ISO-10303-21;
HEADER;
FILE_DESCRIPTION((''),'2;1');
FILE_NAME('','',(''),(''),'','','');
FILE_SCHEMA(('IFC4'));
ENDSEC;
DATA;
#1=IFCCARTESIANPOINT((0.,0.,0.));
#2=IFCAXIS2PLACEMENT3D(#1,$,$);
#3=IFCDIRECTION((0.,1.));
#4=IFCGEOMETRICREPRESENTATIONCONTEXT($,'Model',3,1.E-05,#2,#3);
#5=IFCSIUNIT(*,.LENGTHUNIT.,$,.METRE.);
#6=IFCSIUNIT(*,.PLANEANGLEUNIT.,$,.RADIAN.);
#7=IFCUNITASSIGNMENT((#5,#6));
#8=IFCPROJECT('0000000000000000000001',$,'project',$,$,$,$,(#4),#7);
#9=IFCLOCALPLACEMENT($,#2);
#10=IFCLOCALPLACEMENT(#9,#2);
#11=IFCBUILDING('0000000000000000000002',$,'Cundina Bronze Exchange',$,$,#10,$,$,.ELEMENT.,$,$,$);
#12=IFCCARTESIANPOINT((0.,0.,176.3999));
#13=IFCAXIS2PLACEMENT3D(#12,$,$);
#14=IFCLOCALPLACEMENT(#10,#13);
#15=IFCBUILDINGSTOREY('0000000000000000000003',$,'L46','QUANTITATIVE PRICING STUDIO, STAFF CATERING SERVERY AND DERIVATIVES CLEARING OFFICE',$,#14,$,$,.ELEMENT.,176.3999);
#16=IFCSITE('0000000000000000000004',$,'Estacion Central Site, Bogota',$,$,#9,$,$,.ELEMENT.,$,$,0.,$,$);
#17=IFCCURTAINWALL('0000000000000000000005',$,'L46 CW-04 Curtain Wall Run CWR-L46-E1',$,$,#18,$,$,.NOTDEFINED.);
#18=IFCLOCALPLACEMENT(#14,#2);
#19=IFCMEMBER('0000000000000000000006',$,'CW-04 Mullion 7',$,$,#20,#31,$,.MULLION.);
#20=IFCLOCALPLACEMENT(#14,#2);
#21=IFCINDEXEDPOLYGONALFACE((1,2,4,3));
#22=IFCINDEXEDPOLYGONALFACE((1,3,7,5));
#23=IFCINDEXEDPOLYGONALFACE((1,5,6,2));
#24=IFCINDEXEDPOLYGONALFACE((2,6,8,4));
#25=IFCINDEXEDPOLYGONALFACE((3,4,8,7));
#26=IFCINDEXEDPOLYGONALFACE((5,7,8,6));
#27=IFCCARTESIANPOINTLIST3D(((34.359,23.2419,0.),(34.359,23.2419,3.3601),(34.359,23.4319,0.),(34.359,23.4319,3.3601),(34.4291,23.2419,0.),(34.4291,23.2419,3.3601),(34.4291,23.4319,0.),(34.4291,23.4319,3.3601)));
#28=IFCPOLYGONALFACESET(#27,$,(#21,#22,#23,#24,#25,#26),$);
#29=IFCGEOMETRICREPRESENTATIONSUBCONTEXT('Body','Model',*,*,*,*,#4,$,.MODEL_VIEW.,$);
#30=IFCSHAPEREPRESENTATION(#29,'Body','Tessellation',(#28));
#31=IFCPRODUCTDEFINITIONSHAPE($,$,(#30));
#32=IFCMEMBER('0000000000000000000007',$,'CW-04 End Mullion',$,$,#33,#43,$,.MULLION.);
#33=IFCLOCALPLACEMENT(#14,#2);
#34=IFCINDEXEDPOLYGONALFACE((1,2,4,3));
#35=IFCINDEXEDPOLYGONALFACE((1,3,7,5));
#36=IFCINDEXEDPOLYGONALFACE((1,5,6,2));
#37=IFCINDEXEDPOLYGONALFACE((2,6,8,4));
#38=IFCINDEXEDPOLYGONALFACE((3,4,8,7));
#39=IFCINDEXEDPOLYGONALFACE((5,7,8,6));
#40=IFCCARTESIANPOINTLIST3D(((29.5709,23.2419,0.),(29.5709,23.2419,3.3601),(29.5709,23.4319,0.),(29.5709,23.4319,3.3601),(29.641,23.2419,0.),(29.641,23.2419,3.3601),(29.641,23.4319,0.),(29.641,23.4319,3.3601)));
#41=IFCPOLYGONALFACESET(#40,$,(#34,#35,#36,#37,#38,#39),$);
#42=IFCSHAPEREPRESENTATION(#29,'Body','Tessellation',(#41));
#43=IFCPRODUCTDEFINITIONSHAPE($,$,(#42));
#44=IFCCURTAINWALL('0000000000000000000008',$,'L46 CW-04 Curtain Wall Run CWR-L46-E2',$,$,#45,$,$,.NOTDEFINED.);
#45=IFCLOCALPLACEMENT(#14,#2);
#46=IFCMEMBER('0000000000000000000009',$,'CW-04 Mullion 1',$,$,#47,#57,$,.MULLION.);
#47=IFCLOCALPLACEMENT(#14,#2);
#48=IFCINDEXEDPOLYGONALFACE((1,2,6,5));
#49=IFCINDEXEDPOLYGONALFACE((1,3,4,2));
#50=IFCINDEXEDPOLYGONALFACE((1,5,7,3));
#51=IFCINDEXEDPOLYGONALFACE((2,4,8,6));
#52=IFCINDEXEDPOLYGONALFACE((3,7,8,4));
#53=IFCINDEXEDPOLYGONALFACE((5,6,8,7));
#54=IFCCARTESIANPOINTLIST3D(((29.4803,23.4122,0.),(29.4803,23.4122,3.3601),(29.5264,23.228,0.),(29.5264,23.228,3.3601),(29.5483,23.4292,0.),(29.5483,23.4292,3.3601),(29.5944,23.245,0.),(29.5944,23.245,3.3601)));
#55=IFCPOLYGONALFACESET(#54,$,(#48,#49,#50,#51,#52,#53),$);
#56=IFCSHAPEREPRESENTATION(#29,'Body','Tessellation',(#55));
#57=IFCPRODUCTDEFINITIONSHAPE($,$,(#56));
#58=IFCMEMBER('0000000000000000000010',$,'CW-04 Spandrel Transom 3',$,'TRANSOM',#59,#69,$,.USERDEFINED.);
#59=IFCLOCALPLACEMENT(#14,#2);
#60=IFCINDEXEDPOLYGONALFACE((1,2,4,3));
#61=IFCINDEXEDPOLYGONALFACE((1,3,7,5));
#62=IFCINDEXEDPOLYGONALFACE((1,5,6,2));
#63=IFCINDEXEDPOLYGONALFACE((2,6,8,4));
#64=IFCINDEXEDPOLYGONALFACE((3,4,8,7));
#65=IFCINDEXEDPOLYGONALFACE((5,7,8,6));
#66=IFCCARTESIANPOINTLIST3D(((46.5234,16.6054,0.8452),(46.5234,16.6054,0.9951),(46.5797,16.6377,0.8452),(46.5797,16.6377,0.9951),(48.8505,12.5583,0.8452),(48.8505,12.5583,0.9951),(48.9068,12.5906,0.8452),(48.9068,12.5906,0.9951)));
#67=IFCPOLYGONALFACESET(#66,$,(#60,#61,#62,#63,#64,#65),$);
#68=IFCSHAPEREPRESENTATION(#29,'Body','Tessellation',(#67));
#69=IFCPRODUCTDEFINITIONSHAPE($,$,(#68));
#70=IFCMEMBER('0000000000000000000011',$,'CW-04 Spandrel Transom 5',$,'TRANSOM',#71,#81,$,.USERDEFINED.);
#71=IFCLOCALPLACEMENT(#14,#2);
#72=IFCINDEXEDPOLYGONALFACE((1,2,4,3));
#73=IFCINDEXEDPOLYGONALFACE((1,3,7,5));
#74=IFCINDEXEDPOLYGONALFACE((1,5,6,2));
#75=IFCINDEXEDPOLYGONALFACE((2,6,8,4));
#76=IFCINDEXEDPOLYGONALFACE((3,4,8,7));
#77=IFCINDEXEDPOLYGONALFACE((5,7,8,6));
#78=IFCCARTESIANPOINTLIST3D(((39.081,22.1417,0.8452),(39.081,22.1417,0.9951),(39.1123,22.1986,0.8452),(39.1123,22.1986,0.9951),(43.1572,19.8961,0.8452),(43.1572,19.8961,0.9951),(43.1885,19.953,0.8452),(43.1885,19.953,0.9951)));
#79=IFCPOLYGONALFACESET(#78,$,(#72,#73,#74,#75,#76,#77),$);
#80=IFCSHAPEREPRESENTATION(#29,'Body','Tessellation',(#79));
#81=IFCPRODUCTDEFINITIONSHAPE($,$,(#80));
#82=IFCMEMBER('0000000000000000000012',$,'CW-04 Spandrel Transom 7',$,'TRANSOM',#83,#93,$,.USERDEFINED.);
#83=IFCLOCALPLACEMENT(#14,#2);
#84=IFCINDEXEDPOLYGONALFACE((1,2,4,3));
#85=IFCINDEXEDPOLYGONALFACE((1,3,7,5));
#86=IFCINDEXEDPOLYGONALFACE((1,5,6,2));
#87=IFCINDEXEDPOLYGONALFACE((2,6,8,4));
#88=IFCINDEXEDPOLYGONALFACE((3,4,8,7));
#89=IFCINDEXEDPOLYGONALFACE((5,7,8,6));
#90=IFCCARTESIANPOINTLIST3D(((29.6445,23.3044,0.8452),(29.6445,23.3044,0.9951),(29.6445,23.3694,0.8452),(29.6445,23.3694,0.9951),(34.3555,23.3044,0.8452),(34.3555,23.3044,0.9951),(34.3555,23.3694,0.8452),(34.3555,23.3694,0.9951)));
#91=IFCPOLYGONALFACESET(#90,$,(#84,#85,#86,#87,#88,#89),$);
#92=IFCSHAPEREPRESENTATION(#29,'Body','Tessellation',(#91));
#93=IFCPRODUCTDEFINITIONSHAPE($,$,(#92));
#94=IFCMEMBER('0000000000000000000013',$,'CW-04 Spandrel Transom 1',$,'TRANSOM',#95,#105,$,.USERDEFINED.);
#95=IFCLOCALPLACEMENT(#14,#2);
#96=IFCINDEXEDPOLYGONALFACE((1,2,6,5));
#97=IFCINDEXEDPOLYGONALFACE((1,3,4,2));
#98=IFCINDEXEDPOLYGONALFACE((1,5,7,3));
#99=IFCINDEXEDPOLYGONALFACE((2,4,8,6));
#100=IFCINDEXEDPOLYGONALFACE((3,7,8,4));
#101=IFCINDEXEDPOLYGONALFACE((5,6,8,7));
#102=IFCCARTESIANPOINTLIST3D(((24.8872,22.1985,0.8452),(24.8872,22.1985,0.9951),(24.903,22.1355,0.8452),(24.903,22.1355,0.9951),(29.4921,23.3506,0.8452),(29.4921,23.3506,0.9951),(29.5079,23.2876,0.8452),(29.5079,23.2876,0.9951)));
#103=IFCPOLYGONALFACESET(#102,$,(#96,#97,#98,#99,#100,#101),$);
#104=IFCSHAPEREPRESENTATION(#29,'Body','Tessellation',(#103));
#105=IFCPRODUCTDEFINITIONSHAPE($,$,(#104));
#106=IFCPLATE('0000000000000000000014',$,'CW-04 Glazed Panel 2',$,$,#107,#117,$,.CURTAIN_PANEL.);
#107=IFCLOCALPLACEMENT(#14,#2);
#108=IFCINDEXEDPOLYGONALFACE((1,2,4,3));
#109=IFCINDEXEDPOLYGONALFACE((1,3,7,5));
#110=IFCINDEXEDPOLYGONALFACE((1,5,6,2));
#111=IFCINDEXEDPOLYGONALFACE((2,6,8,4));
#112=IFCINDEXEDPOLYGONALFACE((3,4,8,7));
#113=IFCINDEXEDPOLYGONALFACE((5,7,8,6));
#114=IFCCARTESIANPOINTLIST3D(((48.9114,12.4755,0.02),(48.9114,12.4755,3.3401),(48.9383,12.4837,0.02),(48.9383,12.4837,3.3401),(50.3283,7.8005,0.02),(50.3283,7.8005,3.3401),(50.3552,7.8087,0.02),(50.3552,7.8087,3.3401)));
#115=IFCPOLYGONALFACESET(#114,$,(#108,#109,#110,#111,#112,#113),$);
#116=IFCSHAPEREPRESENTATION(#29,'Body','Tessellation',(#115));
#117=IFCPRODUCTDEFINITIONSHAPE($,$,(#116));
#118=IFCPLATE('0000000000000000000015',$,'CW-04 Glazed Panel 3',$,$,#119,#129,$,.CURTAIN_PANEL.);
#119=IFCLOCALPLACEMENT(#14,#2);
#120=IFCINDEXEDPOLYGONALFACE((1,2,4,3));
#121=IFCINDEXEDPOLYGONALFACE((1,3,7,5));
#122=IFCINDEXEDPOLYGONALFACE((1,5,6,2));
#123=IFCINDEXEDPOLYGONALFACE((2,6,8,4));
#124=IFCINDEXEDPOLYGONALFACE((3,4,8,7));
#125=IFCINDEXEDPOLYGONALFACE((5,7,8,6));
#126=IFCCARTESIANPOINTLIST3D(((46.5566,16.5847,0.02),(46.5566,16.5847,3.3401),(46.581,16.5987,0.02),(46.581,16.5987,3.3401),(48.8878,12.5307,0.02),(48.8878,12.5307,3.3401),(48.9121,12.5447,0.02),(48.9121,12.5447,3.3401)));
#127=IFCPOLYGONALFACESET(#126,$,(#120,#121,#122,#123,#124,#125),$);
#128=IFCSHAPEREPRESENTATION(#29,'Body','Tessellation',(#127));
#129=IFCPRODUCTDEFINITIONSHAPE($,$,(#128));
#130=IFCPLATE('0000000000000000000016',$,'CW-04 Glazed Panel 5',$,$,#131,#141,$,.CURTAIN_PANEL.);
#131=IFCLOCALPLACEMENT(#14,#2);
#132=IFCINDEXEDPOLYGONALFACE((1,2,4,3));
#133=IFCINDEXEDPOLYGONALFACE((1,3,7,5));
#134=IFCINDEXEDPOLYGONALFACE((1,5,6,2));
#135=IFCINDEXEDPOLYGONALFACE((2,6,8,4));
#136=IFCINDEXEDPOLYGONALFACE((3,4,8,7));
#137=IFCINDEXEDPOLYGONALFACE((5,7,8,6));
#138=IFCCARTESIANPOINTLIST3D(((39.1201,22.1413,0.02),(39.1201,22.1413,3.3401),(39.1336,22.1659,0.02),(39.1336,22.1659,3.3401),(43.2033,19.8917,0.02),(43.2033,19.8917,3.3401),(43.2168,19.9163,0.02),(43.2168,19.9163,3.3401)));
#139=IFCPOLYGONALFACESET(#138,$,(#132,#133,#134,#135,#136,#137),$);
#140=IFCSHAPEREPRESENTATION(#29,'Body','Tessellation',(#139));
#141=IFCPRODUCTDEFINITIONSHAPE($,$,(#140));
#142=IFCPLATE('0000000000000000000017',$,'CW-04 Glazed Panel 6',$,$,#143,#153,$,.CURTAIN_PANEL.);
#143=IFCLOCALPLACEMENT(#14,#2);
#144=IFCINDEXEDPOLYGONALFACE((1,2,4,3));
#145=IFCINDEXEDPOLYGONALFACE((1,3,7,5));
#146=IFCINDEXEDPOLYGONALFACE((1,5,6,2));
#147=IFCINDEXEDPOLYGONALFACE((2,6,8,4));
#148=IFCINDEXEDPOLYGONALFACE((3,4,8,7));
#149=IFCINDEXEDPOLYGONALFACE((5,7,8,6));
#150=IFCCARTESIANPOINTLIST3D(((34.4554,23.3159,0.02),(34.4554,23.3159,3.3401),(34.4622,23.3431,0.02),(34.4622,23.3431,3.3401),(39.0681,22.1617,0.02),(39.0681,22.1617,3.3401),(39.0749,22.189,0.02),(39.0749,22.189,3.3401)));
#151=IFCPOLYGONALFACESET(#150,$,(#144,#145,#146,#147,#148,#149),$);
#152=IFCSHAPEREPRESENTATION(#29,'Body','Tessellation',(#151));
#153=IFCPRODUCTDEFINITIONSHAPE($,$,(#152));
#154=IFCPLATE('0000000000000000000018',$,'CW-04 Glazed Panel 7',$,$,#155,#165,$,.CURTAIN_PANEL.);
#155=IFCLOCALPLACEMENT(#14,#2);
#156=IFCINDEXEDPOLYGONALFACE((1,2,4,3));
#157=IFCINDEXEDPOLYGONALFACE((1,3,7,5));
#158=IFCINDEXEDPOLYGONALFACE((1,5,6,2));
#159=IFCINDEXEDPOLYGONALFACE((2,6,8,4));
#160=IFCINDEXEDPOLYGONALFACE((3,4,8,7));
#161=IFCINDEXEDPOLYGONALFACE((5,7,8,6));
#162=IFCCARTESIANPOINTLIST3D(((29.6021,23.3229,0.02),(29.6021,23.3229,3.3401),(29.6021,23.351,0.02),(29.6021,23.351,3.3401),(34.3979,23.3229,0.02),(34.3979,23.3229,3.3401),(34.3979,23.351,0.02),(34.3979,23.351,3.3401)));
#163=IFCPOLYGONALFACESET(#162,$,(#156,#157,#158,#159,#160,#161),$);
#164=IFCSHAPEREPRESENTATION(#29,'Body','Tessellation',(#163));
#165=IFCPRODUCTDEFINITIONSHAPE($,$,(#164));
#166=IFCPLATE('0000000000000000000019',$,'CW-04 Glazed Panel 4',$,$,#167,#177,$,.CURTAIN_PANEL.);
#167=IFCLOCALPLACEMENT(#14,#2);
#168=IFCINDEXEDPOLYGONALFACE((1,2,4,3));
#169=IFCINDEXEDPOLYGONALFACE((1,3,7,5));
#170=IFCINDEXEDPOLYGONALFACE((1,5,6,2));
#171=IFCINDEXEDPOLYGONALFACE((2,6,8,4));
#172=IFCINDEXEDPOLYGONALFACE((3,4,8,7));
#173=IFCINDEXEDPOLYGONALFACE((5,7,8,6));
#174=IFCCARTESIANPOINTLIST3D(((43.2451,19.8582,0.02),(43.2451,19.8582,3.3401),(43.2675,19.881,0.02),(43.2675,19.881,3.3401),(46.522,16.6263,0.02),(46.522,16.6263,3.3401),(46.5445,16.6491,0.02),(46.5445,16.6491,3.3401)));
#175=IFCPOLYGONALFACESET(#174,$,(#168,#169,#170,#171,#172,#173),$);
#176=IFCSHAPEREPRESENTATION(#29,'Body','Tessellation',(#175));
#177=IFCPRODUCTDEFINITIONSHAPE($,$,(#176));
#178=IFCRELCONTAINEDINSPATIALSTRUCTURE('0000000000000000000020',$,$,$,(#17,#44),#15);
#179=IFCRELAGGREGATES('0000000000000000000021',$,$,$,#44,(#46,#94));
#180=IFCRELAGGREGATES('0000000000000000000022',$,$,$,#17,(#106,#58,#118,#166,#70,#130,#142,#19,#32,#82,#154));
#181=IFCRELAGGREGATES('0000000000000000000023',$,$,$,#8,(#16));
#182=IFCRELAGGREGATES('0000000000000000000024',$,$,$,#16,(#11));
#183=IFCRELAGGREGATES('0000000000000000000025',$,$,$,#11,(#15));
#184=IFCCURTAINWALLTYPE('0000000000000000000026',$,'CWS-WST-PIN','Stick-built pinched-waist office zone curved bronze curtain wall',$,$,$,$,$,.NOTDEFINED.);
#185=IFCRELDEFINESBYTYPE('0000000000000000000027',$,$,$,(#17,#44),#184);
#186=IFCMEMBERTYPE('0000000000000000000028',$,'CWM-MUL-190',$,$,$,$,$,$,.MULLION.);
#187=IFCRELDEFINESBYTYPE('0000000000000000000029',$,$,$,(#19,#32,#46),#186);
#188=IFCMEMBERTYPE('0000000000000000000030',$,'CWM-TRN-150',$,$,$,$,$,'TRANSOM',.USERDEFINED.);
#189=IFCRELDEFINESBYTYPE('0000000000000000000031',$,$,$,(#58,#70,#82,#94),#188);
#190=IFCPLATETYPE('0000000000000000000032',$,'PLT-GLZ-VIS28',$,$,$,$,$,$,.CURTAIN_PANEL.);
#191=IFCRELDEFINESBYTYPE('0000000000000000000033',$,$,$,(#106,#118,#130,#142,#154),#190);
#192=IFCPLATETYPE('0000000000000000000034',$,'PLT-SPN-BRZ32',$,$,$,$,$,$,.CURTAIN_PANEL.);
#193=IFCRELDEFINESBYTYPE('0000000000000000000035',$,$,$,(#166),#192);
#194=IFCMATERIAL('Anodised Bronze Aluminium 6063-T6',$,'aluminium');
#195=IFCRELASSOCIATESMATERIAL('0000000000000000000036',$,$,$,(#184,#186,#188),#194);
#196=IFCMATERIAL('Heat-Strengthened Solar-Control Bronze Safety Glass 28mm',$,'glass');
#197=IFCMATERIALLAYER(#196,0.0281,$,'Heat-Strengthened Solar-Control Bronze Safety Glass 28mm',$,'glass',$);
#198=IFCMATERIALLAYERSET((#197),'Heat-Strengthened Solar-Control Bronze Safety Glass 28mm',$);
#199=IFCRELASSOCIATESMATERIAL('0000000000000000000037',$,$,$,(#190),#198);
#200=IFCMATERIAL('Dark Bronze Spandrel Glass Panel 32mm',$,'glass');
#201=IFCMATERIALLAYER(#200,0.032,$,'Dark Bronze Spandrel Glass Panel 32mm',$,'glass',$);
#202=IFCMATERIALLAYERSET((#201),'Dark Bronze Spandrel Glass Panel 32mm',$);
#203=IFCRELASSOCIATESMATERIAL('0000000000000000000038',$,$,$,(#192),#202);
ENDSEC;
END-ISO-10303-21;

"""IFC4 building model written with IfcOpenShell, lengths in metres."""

from ifc_helpers import new_model, si_unit, direction, frame, origin, origin_2d, place, context, subcontext, project, spatial, rectangle, extrude, material, layer, layer_set, material_profile, profile_set, type_object, element, aggregate, save


model = new_model("IFC4")

# Units and contexts
model_context = context("Model", 3, precision=1e-05, world=origin(), true_north=direction((0.0, 1.0)))
body_context = subcontext(model_context, "Body", "Model", "MODEL_VIEW")
ifc_project = project(units=[si_unit("LENGTHUNIT", "METRE"), si_unit("PLANEANGLEUNIT", "RADIAN")], contexts=[model_context])

# Site, building, storey
site_placement = place(None, origin())
site = spatial("IfcSite", under=ifc_project, at=site_placement, Name="Estacion Central Site, Bogota", CompositionType="ELEMENT", RefElevation=0.0)
building_placement = place(site_placement, origin())
building = spatial("IfcBuilding", under=site, at=building_placement, Name="Cundina Bronze Exchange", CompositionType="ELEMENT")
storey_placement = place(building_placement, frame((0.0, 0.0, 176.3999)))
storey = spatial("IfcBuildingStorey", under=building, at=storey_placement, Name="L46", Description="QUANTITATIVE PRICING STUDIO, STAFF CATERING SERVERY AND DERIVATIVES CLEARING OFFICE", CompositionType="ELEMENT", Elevation=176.3999)

# Curtain wall, members
ifc_material_1 = material(Name="Anodised Bronze Aluminium 6063-T6", Category="aluminium")
curtain_wall_type = type_object("IfcCurtainWallType", Name="CWS-WST-PIN", Description="Stick-built pinched-waist office zone curved bronze curtain wall", PredefinedType="NOTDEFINED", material=ifc_material_1)
curtain_wall_1_placement = place(storey_placement, origin())
curtain_wall_1 = element("IfcCurtainWall", 1, at=curtain_wall_1_placement, inside=storey, type_object=curtain_wall_type, Name="L46 CW-04 Curtain Wall Run CWR-L46-E1", PredefinedType="NOTDEFINED")
ifc_material_profile_1 = material_profile(ifc_material_1, rectangle(XDim=0.0701, YDim=0.1899, at=origin_2d()), Name="AL70X190", Category="aluminium")
ifc_profile_set_1 = profile_set([ifc_material_profile_1], Name="Anodised Bronze Aluminium 6063-T6")
member_type_1 = type_object("IfcMemberType", Name="CWM-MUL-190", PredefinedType="MULLION", material=ifc_profile_set_1)
member_1_placement = place(storey_placement, frame((34.394, 23.3369, 0.0), z_axis=(0.0, 0.0, 1.0), x_axis=(-1.0, 0.0, 0.0)))
member_1 = element("IfcMember", 2, at=member_1_placement, type_object=member_type_1, Name="CW-04 Mullion 7", PredefinedType="MULLION", context=body_context, shape_type="SweptSolid", body=[
    extrude(rectangle(XDim=0.0701, YDim=0.1899, at=origin_2d()), origin(), (0.0, 0.0, 1.0), 3.3601),
])
member_2_placement = place(storey_placement, frame((29.606, 23.3369, 0.0), z_axis=(0.0, 0.0, 1.0), x_axis=(-1.0, 0.0, 0.0)))
member_2 = element("IfcMember", 3, at=member_2_placement, type_object=member_type_1, Name="CW-04 End Mullion", PredefinedType="MULLION", context=body_context, shape_type="SweptSolid", body=[
    extrude(rectangle(XDim=0.0701, YDim=0.1899, at=origin_2d()), origin(), (0.0, 0.0, 1.0), 3.3601),
])

# Curtain wall, member
curtain_wall_2_placement = place(storey_placement, origin())
curtain_wall_2 = element("IfcCurtainWall", 4, at=curtain_wall_2_placement, inside=storey, type_object=curtain_wall_type, Name="L46 CW-04 Curtain Wall Run CWR-L46-E2", PredefinedType="NOTDEFINED")
member_3_placement = place(storey_placement, frame((29.5374, 23.3286, 0.0), z_axis=(0.0, 0.0, 1.0), x_axis=(-0.970084, -0.242769, 0.0)))
member_3 = element("IfcMember", 5, at=member_3_placement, type_object=member_type_1, Name="CW-04 Mullion 1", PredefinedType="MULLION", context=body_context, shape_type="SweptSolid", body=[
    extrude(rectangle(XDim=0.0701, YDim=0.1899, at=origin_2d()), origin(), (0.0, 0.0, 1.0), 3.3601),
])

# Members
ifc_material_profile_2 = material_profile(ifc_material_1, rectangle(XDim=0.0649, YDim=0.1499, at=origin_2d()), Name="AL65X150", Category="aluminium")
ifc_profile_set_2 = profile_set([ifc_material_profile_2], Name="Anodised Bronze Aluminium 6063-T6")
member_type_2 = type_object("IfcMemberType", Name="CWM-TRN-150", ElementType="TRANSOM", PredefinedType="USERDEFINED", material=ifc_profile_set_2)
member_4_placement = place(storey_placement, frame((48.8787, 12.5745, 0.9202), z_axis=(-0.49848, 0.866901, 0.0), x_axis=(-0.866901, -0.49848, 0.0)))
member_4 = element("IfcMember", 6, at=member_4_placement, type_object=member_type_2, Name="CW-04 Spandrel Transom 3", ObjectType="TRANSOM", PredefinedType="USERDEFINED", context=body_context, shape_type="SweptSolid", body=[
    extrude(rectangle(XDim=0.0649, YDim=0.1499, at=origin_2d()), origin(), (0.0, 0.0, 1.0), 4.6685),
])
member_5_placement = place(storey_placement, frame((43.1729, 19.9246, 0.9202), z_axis=(-0.875879, 0.482531, 0.0), x_axis=(-0.482531, -0.875879, 0.0)))
member_5 = element("IfcMember", 7, at=member_5_placement, type_object=member_type_2, Name="CW-04 Spandrel Transom 5", ObjectType="TRANSOM", PredefinedType="USERDEFINED", context=body_context, shape_type="SweptSolid", body=[
    extrude(rectangle(XDim=0.0649, YDim=0.1499, at=origin_2d()), origin(), (0.0, 0.0, 1.0), 4.6538),
])
member_6_placement = place(storey_placement, frame((34.3555, 23.3369, 0.9202), z_axis=(-1.0, 0.0, 0.0), x_axis=(0.0, -1.0, 0.0)))
member_6 = element("IfcMember", 8, at=member_6_placement, type_object=member_type_2, Name="CW-04 Spandrel Transom 7", ObjectType="TRANSOM", PredefinedType="USERDEFINED", context=body_context, shape_type="SweptSolid", body=[
    extrude(rectangle(XDim=0.0649, YDim=0.1499, at=origin_2d()), origin(), (0.0, 0.0, 1.0), 4.7109),
])
member_7_placement = place(storey_placement, frame((29.5, 23.3191, 0.9202), z_axis=(-0.9701, -0.242705, 0.0), x_axis=(0.242705, -0.9701, 0.0)))
member_7 = element("IfcMember", 9, at=member_7_placement, type_object=member_type_2, Name="CW-04 Spandrel Transom 1", ObjectType="TRANSOM", PredefinedType="USERDEFINED", context=body_context, shape_type="SweptSolid", body=[
    extrude(rectangle(XDim=0.0649, YDim=0.1499, at=origin_2d()), origin(), (0.0, 0.0, 1.0), 4.7468),
])
aggregate(curtain_wall_2, [member_3, member_7])

# Plates
ifc_material_2 = material(Name="Heat-Strengthened Solar-Control Bronze Safety Glass 28mm", Category="glass")
ifc_layer_1 = layer(ifc_material_2, 0.0281, Name="Heat-Strengthened Solar-Control Bronze Safety Glass 28mm", Category="glass")
ifc_layer_set_1 = layer_set([ifc_layer_1], Name="Heat-Strengthened Solar-Control Bronze Safety Glass 28mm")
plate_type_1 = type_object("IfcPlateType", Name="PLT-GLZ-VIS28", PredefinedType="CURTAIN_PANEL", material=ifc_layer_set_1)
plate_1_placement = place(storey_placement, frame((49.6333, 10.1421, 0.02), z_axis=(0.0, 0.0, 1.0), x_axis=(-0.290051, 0.957011, 0.0)))
plate_1 = element("IfcPlate", 10, at=plate_1_placement, type_object=plate_type_1, Name="CW-04 Glazed Panel 2", PredefinedType="CURTAIN_PANEL", context=body_context, shape_type="SweptSolid", body=[
    extrude(rectangle(XDim=4.885, YDim=0.0281, at=origin_2d()), origin(), (0.0, 0.0, 1.0), 3.3201),
])
plate_2_placement = place(storey_placement, frame((47.7344, 14.5647, 0.02), z_axis=(0.0, 0.0, 1.0), x_axis=(-0.498488, 0.866897, 0.0)))
plate_2 = element("IfcPlate", 11, at=plate_2_placement, type_object=plate_type_1, Name="CW-04 Glazed Panel 3", PredefinedType="CURTAIN_PANEL", context=body_context, shape_type="SweptSolid", body=[
    extrude(rectangle(XDim=4.6765, YDim=0.0281, at=origin_2d()), origin(), (0.0, 0.0, 1.0), 3.3201),
])
plate_3_placement = place(storey_placement, frame((41.1685, 21.0288, 0.02), z_axis=(0.0, 0.0, 1.0), x_axis=(-0.875869, 0.482549, 0.0)))
plate_3 = element("IfcPlate", 12, at=plate_3_placement, type_object=plate_type_1, Name="CW-04 Glazed Panel 5", PredefinedType="CURTAIN_PANEL", context=body_context, shape_type="SweptSolid", body=[
    extrude(rectangle(XDim=4.6619, YDim=0.0281, at=origin_2d()), origin(), (0.0, 0.0, 1.0), 3.3201),
])
plate_4_placement = place(storey_placement, frame((36.7651, 22.7524, 0.02), z_axis=(0.0, 0.0, 1.0), x_axis=(-0.970093, 0.242735, 0.0)))
plate_4 = element("IfcPlate", 13, at=plate_4_placement, type_object=plate_type_1, Name="CW-04 Glazed Panel 6", PredefinedType="CURTAIN_PANEL", context=body_context, shape_type="SweptSolid", body=[
    extrude(rectangle(XDim=4.7549, YDim=0.0281, at=origin_2d()), origin(), (0.0, 0.0, 1.0), 3.3201),
])
plate_5_placement = place(storey_placement, frame((32.0, 23.3369, 0.02), z_axis=(0.0, 0.0, 1.0), x_axis=(-1.0, 0.0, 0.0)))
plate_5 = element("IfcPlate", 14, at=plate_5_placement, type_object=plate_type_1, Name="CW-04 Glazed Panel 7", PredefinedType="CURTAIN_PANEL", context=body_context, shape_type="SweptSolid", body=[
    extrude(rectangle(XDim=4.7959, YDim=0.0281, at=origin_2d()), origin(), (0.0, 0.0, 1.0), 3.3201),
])
ifc_material_3 = material(Name="Dark Bronze Spandrel Glass Panel 32mm", Category="glass")
ifc_layer_2 = layer(ifc_material_3, 0.032, Name="Dark Bronze Spandrel Glass Panel 32mm", Category="glass")
ifc_layer_set_2 = layer_set([ifc_layer_2], Name="Dark Bronze Spandrel Glass Panel 32mm")
plate_type_2 = type_object("IfcPlateType", Name="PLT-SPN-BRZ32", PredefinedType="CURTAIN_PANEL", material=ifc_layer_set_2)
plate_6_placement = place(storey_placement, frame((44.8948, 18.2537, 0.02), z_axis=(0.0, 0.0, 1.0), x_axis=(-0.711989, 0.70219, 0.0)))
plate_6 = element("IfcPlate", 15, at=plate_6_placement, type_object=plate_type_2, Name="CW-04 Glazed Panel 4", PredefinedType="CURTAIN_PANEL", context=body_context, shape_type="SweptSolid", body=[
    extrude(rectangle(XDim=4.6025, YDim=0.032, at=origin_2d()), origin(), (0.0, 0.0, 1.0), 3.3201),
])
aggregate(curtain_wall_1, [plate_1, member_4, plate_2, plate_6, member_5, plate_3, plate_4, member_1, member_2, member_6, plate_5])

save(model, "model.ifc")
